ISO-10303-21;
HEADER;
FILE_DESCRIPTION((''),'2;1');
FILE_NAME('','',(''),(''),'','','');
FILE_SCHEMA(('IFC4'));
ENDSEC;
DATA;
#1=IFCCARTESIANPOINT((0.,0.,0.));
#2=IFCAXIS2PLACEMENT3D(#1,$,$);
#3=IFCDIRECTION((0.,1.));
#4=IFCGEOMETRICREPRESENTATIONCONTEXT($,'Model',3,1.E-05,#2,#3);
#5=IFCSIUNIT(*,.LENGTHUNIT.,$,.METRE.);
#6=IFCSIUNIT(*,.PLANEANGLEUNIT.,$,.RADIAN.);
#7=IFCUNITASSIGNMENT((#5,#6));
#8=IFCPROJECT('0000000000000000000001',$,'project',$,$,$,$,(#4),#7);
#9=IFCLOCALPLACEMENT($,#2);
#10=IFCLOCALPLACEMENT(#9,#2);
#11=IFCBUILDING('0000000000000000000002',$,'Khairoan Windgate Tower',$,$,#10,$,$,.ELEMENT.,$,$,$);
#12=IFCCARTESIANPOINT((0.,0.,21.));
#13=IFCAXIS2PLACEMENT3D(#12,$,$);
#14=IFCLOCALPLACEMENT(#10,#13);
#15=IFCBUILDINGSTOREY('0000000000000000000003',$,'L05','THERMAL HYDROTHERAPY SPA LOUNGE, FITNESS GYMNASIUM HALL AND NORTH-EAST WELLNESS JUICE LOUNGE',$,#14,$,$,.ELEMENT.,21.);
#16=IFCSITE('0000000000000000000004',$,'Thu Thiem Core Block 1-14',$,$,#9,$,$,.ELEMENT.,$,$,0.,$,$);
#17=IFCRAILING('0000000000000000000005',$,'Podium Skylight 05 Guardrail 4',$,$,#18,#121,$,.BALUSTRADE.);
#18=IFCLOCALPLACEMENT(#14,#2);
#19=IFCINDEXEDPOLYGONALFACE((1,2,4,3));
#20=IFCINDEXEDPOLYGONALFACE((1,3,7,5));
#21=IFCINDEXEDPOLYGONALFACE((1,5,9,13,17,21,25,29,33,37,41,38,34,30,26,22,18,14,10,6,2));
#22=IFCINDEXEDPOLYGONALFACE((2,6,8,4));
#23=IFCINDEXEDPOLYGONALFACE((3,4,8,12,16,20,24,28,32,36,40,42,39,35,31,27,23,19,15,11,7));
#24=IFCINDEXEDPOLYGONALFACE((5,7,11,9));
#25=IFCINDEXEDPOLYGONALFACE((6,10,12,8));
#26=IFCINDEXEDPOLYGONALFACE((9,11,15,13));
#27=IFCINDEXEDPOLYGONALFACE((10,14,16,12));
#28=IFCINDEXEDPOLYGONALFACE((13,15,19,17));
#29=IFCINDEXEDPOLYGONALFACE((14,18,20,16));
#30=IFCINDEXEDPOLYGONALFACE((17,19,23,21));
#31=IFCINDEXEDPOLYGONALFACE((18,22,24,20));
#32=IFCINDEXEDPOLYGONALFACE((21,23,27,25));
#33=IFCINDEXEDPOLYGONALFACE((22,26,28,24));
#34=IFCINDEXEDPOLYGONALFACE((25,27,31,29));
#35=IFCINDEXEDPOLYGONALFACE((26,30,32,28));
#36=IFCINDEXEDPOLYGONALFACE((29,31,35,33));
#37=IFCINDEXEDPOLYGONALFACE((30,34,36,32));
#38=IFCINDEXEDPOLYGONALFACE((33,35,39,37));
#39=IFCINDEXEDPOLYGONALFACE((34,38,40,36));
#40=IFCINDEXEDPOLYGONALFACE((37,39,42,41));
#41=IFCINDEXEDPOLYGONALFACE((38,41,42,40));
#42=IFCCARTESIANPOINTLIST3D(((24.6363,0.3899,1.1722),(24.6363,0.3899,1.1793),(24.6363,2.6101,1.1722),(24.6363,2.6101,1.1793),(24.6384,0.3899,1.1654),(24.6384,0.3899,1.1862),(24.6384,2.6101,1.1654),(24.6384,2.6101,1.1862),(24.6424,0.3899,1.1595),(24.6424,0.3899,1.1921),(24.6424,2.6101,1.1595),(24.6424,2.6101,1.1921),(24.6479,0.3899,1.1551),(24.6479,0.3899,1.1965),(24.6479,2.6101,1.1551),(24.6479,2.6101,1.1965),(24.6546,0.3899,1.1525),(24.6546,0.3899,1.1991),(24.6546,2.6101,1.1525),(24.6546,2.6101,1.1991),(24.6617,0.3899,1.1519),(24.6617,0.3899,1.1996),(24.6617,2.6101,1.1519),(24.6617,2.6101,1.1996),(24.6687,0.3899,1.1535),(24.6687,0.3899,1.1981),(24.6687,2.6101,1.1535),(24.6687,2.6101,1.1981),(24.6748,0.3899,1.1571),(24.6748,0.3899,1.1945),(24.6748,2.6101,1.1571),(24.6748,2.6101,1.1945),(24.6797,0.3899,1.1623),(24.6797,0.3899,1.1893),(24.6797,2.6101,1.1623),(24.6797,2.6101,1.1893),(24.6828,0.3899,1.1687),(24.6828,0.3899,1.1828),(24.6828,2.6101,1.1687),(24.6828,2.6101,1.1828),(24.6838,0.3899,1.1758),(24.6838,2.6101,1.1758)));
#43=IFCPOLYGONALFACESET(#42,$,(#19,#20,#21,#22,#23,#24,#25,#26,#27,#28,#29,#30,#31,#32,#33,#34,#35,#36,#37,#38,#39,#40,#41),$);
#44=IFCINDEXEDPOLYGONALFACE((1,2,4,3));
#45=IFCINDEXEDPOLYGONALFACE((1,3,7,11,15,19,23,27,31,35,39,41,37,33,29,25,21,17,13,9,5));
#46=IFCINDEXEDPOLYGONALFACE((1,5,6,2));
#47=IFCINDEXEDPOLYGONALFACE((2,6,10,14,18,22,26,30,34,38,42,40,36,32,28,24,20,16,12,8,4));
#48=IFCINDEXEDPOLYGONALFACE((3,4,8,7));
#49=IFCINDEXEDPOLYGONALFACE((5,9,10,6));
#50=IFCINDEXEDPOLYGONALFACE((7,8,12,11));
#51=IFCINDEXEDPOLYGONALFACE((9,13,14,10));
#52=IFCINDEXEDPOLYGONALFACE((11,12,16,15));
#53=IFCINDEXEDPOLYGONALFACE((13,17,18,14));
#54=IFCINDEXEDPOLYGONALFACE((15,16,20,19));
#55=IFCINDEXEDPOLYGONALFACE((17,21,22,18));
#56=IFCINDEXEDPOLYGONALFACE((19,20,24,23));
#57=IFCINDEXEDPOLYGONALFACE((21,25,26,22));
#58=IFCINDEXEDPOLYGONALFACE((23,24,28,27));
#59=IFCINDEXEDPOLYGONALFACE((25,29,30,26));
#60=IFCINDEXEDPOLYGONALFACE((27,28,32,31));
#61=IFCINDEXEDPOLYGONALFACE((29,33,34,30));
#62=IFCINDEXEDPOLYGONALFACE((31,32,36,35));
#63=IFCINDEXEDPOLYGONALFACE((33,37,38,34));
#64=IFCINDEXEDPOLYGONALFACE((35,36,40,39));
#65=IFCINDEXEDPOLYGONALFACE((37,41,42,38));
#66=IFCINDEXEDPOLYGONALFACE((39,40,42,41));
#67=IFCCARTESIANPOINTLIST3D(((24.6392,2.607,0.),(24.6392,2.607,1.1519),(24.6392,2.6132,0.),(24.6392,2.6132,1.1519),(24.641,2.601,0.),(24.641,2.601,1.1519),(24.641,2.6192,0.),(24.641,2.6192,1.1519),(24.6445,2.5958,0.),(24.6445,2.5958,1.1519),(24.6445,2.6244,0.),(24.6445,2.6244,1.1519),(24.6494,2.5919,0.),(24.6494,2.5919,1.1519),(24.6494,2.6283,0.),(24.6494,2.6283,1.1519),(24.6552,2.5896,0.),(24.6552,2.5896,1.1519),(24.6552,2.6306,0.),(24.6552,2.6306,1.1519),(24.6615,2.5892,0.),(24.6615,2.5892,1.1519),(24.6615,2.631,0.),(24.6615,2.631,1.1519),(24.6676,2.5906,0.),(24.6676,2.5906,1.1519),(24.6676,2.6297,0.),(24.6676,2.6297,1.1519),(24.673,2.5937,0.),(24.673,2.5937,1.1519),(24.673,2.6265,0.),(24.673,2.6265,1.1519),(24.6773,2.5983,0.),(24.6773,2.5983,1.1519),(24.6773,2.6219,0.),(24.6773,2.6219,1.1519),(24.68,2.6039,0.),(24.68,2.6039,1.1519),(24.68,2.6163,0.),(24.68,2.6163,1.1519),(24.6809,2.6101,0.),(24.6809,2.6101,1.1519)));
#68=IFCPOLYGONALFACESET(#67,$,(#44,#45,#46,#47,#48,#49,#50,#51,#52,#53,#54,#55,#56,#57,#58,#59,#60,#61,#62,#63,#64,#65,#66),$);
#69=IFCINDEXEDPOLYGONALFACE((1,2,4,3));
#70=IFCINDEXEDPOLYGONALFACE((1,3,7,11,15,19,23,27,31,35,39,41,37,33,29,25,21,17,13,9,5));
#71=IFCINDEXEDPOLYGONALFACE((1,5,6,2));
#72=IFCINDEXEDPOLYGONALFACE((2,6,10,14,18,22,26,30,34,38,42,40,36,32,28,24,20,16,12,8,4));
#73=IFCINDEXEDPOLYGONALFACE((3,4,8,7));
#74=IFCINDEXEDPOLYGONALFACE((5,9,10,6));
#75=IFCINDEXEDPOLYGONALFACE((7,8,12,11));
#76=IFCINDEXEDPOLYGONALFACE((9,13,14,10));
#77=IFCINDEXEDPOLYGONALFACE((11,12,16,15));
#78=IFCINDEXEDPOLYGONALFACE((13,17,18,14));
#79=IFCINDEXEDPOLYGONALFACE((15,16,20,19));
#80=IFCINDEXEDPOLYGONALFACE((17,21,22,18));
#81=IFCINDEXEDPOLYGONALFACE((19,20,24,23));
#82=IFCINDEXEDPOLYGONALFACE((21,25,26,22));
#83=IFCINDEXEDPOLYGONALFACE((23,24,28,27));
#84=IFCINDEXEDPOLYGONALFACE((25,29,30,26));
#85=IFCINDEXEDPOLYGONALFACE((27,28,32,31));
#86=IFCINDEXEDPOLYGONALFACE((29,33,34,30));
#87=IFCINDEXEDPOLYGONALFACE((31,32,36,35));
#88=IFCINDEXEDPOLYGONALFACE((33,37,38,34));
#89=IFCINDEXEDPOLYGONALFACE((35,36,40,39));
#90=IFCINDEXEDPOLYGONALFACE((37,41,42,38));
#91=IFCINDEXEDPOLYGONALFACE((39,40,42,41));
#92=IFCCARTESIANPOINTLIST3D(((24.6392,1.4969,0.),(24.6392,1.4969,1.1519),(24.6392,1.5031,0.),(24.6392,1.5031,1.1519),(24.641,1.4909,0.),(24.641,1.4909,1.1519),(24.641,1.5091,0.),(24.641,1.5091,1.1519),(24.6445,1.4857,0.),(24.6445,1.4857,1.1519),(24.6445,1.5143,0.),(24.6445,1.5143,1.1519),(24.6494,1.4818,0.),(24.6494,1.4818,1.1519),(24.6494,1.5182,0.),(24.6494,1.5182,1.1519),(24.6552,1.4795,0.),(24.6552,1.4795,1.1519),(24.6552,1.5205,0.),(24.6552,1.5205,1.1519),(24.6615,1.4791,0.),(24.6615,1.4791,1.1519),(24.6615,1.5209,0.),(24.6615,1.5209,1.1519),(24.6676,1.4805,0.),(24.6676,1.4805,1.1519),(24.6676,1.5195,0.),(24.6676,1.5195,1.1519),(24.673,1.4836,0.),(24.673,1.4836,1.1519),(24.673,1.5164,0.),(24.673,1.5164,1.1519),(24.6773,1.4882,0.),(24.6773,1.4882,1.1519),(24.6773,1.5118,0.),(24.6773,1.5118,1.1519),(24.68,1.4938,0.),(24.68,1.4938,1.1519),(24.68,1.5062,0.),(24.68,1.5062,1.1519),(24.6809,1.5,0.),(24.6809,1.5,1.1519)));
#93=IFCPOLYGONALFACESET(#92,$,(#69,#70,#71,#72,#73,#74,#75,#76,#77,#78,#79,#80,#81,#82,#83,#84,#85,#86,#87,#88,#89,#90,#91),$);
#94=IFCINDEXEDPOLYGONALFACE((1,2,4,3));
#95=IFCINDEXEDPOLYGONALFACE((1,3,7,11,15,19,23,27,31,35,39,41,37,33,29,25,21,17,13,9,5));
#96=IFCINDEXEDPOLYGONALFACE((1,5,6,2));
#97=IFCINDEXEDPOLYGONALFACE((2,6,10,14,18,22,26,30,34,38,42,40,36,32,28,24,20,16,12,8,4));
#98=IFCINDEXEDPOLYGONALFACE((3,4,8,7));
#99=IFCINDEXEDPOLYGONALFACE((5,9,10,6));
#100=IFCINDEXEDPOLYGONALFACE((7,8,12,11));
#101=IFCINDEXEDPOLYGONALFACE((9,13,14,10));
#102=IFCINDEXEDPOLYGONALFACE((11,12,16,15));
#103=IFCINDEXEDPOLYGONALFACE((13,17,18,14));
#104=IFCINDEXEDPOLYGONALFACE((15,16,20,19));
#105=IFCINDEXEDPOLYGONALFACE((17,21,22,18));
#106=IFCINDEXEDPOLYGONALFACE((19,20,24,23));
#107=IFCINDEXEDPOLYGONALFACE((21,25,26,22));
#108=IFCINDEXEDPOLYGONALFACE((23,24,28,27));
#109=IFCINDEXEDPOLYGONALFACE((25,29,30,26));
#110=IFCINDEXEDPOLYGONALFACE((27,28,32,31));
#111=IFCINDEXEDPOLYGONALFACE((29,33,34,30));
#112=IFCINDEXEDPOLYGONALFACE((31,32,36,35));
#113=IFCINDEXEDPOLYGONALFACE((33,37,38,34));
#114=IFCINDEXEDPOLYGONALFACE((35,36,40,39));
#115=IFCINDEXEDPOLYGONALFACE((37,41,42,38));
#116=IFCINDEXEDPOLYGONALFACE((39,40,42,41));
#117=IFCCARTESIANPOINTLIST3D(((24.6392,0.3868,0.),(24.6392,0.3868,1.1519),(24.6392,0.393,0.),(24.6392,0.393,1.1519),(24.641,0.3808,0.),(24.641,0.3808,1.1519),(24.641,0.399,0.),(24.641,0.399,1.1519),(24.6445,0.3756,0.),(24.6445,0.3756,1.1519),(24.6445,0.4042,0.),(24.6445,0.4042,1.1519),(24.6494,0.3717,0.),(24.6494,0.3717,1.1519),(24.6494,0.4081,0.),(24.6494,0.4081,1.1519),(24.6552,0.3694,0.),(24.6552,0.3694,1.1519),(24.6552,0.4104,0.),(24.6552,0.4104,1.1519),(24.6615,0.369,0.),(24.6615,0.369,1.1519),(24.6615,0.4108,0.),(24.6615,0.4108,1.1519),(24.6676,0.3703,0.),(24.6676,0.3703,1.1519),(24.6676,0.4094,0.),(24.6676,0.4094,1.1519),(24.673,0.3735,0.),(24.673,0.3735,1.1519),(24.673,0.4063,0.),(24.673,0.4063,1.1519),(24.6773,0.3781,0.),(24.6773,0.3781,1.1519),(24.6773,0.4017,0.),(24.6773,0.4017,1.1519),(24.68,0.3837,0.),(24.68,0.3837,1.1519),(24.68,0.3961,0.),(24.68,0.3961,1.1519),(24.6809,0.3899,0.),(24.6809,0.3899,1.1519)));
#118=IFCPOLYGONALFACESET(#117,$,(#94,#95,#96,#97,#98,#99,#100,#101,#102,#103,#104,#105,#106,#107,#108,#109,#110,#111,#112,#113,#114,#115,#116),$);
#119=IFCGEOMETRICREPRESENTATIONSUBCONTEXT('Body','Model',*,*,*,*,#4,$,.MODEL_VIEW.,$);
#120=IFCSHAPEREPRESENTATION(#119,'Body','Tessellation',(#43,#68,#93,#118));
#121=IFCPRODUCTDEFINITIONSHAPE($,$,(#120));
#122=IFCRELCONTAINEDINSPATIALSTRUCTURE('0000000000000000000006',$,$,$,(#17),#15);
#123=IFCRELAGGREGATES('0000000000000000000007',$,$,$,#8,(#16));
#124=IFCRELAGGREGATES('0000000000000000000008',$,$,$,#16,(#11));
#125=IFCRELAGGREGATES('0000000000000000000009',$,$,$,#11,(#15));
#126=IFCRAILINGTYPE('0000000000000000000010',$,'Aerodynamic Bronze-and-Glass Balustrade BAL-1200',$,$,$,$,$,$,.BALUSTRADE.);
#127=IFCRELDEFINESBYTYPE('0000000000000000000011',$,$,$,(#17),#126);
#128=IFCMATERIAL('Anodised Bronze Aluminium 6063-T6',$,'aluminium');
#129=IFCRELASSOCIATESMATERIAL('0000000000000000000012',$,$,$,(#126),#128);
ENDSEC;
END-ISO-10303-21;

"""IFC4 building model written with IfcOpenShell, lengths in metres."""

from ifc_helpers import new_model, si_unit, direction, frame, origin, origin_2d, place, context, subcontext, project, spatial, circle, extrude, material, type_object, element, save


model = new_model("IFC4")

# Units and contexts
model_context = context("Model", 3, precision=1e-05, world=origin(), true_north=direction((0.0, 1.0)))
body_context = subcontext(model_context, "Body", "Model", "MODEL_VIEW")
ifc_project = project(units=[si_unit("LENGTHUNIT", "METRE"), si_unit("PLANEANGLEUNIT", "RADIAN")], contexts=[model_context])

# Site, building, storey
site_placement = place(None, origin())
site = spatial("IfcSite", under=ifc_project, at=site_placement, Name="Thu Thiem Core Block 1-14", CompositionType="ELEMENT", RefElevation=0.0)
building_placement = place(site_placement, origin())
building = spatial("IfcBuilding", under=site, at=building_placement, Name="Khairoan Windgate Tower", CompositionType="ELEMENT")
storey_placement = place(building_placement, frame((0.0, 0.0, 21.0)))
storey = spatial("IfcBuildingStorey", under=building, at=storey_placement, Name="L05", Description="THERMAL HYDROTHERAPY SPA LOUNGE, FITNESS GYMNASIUM HALL AND NORTH-EAST WELLNESS JUICE LOUNGE", CompositionType="ELEMENT", Elevation=21.0)

# Railing
ifc_material_1 = material(Name="Anodised Bronze Aluminium 6063-T6", Category="aluminium")
railing_type = type_object("IfcRailingType", Name="Aerodynamic Bronze-and-Glass Balustrade BAL-1200", PredefinedType="BALUSTRADE", material=ifc_material_1)
railing_1_placement = place(storey_placement, frame((24.6599, 2.6101, 0.0)))
element("IfcRailing", 1, at=railing_1_placement, inside=storey, type_object=railing_type, Name="Podium Skylight 05 Guardrail 4", PredefinedType="BALUSTRADE", context=body_context, shape_type="SweptSolid", body=[
    extrude(circle(Radius=0.0239, at=origin_2d()), frame((0.0, 0.0, 1.1758), z_axis=(0.0, -1.0, 0.0), x_axis=(1.0, 0.0, 0.0)), (0.0, 0.0, 1.0), 2.2202),
    extrude(circle(Radius=0.021, at=origin_2d()), origin(), (0.0, 0.0, 1.0), 1.1519),
    extrude(circle(Radius=0.021, at=origin_2d()), frame((0.0, -1.1101, 0.0)), (0.0, 0.0, 1.0), 1.1519),
    extrude(circle(Radius=0.021, at=origin_2d()), frame((0.0, -2.2202, 0.0)), (0.0, 0.0, 1.0), 1.1519),
])

save(model, "model.ifc")
